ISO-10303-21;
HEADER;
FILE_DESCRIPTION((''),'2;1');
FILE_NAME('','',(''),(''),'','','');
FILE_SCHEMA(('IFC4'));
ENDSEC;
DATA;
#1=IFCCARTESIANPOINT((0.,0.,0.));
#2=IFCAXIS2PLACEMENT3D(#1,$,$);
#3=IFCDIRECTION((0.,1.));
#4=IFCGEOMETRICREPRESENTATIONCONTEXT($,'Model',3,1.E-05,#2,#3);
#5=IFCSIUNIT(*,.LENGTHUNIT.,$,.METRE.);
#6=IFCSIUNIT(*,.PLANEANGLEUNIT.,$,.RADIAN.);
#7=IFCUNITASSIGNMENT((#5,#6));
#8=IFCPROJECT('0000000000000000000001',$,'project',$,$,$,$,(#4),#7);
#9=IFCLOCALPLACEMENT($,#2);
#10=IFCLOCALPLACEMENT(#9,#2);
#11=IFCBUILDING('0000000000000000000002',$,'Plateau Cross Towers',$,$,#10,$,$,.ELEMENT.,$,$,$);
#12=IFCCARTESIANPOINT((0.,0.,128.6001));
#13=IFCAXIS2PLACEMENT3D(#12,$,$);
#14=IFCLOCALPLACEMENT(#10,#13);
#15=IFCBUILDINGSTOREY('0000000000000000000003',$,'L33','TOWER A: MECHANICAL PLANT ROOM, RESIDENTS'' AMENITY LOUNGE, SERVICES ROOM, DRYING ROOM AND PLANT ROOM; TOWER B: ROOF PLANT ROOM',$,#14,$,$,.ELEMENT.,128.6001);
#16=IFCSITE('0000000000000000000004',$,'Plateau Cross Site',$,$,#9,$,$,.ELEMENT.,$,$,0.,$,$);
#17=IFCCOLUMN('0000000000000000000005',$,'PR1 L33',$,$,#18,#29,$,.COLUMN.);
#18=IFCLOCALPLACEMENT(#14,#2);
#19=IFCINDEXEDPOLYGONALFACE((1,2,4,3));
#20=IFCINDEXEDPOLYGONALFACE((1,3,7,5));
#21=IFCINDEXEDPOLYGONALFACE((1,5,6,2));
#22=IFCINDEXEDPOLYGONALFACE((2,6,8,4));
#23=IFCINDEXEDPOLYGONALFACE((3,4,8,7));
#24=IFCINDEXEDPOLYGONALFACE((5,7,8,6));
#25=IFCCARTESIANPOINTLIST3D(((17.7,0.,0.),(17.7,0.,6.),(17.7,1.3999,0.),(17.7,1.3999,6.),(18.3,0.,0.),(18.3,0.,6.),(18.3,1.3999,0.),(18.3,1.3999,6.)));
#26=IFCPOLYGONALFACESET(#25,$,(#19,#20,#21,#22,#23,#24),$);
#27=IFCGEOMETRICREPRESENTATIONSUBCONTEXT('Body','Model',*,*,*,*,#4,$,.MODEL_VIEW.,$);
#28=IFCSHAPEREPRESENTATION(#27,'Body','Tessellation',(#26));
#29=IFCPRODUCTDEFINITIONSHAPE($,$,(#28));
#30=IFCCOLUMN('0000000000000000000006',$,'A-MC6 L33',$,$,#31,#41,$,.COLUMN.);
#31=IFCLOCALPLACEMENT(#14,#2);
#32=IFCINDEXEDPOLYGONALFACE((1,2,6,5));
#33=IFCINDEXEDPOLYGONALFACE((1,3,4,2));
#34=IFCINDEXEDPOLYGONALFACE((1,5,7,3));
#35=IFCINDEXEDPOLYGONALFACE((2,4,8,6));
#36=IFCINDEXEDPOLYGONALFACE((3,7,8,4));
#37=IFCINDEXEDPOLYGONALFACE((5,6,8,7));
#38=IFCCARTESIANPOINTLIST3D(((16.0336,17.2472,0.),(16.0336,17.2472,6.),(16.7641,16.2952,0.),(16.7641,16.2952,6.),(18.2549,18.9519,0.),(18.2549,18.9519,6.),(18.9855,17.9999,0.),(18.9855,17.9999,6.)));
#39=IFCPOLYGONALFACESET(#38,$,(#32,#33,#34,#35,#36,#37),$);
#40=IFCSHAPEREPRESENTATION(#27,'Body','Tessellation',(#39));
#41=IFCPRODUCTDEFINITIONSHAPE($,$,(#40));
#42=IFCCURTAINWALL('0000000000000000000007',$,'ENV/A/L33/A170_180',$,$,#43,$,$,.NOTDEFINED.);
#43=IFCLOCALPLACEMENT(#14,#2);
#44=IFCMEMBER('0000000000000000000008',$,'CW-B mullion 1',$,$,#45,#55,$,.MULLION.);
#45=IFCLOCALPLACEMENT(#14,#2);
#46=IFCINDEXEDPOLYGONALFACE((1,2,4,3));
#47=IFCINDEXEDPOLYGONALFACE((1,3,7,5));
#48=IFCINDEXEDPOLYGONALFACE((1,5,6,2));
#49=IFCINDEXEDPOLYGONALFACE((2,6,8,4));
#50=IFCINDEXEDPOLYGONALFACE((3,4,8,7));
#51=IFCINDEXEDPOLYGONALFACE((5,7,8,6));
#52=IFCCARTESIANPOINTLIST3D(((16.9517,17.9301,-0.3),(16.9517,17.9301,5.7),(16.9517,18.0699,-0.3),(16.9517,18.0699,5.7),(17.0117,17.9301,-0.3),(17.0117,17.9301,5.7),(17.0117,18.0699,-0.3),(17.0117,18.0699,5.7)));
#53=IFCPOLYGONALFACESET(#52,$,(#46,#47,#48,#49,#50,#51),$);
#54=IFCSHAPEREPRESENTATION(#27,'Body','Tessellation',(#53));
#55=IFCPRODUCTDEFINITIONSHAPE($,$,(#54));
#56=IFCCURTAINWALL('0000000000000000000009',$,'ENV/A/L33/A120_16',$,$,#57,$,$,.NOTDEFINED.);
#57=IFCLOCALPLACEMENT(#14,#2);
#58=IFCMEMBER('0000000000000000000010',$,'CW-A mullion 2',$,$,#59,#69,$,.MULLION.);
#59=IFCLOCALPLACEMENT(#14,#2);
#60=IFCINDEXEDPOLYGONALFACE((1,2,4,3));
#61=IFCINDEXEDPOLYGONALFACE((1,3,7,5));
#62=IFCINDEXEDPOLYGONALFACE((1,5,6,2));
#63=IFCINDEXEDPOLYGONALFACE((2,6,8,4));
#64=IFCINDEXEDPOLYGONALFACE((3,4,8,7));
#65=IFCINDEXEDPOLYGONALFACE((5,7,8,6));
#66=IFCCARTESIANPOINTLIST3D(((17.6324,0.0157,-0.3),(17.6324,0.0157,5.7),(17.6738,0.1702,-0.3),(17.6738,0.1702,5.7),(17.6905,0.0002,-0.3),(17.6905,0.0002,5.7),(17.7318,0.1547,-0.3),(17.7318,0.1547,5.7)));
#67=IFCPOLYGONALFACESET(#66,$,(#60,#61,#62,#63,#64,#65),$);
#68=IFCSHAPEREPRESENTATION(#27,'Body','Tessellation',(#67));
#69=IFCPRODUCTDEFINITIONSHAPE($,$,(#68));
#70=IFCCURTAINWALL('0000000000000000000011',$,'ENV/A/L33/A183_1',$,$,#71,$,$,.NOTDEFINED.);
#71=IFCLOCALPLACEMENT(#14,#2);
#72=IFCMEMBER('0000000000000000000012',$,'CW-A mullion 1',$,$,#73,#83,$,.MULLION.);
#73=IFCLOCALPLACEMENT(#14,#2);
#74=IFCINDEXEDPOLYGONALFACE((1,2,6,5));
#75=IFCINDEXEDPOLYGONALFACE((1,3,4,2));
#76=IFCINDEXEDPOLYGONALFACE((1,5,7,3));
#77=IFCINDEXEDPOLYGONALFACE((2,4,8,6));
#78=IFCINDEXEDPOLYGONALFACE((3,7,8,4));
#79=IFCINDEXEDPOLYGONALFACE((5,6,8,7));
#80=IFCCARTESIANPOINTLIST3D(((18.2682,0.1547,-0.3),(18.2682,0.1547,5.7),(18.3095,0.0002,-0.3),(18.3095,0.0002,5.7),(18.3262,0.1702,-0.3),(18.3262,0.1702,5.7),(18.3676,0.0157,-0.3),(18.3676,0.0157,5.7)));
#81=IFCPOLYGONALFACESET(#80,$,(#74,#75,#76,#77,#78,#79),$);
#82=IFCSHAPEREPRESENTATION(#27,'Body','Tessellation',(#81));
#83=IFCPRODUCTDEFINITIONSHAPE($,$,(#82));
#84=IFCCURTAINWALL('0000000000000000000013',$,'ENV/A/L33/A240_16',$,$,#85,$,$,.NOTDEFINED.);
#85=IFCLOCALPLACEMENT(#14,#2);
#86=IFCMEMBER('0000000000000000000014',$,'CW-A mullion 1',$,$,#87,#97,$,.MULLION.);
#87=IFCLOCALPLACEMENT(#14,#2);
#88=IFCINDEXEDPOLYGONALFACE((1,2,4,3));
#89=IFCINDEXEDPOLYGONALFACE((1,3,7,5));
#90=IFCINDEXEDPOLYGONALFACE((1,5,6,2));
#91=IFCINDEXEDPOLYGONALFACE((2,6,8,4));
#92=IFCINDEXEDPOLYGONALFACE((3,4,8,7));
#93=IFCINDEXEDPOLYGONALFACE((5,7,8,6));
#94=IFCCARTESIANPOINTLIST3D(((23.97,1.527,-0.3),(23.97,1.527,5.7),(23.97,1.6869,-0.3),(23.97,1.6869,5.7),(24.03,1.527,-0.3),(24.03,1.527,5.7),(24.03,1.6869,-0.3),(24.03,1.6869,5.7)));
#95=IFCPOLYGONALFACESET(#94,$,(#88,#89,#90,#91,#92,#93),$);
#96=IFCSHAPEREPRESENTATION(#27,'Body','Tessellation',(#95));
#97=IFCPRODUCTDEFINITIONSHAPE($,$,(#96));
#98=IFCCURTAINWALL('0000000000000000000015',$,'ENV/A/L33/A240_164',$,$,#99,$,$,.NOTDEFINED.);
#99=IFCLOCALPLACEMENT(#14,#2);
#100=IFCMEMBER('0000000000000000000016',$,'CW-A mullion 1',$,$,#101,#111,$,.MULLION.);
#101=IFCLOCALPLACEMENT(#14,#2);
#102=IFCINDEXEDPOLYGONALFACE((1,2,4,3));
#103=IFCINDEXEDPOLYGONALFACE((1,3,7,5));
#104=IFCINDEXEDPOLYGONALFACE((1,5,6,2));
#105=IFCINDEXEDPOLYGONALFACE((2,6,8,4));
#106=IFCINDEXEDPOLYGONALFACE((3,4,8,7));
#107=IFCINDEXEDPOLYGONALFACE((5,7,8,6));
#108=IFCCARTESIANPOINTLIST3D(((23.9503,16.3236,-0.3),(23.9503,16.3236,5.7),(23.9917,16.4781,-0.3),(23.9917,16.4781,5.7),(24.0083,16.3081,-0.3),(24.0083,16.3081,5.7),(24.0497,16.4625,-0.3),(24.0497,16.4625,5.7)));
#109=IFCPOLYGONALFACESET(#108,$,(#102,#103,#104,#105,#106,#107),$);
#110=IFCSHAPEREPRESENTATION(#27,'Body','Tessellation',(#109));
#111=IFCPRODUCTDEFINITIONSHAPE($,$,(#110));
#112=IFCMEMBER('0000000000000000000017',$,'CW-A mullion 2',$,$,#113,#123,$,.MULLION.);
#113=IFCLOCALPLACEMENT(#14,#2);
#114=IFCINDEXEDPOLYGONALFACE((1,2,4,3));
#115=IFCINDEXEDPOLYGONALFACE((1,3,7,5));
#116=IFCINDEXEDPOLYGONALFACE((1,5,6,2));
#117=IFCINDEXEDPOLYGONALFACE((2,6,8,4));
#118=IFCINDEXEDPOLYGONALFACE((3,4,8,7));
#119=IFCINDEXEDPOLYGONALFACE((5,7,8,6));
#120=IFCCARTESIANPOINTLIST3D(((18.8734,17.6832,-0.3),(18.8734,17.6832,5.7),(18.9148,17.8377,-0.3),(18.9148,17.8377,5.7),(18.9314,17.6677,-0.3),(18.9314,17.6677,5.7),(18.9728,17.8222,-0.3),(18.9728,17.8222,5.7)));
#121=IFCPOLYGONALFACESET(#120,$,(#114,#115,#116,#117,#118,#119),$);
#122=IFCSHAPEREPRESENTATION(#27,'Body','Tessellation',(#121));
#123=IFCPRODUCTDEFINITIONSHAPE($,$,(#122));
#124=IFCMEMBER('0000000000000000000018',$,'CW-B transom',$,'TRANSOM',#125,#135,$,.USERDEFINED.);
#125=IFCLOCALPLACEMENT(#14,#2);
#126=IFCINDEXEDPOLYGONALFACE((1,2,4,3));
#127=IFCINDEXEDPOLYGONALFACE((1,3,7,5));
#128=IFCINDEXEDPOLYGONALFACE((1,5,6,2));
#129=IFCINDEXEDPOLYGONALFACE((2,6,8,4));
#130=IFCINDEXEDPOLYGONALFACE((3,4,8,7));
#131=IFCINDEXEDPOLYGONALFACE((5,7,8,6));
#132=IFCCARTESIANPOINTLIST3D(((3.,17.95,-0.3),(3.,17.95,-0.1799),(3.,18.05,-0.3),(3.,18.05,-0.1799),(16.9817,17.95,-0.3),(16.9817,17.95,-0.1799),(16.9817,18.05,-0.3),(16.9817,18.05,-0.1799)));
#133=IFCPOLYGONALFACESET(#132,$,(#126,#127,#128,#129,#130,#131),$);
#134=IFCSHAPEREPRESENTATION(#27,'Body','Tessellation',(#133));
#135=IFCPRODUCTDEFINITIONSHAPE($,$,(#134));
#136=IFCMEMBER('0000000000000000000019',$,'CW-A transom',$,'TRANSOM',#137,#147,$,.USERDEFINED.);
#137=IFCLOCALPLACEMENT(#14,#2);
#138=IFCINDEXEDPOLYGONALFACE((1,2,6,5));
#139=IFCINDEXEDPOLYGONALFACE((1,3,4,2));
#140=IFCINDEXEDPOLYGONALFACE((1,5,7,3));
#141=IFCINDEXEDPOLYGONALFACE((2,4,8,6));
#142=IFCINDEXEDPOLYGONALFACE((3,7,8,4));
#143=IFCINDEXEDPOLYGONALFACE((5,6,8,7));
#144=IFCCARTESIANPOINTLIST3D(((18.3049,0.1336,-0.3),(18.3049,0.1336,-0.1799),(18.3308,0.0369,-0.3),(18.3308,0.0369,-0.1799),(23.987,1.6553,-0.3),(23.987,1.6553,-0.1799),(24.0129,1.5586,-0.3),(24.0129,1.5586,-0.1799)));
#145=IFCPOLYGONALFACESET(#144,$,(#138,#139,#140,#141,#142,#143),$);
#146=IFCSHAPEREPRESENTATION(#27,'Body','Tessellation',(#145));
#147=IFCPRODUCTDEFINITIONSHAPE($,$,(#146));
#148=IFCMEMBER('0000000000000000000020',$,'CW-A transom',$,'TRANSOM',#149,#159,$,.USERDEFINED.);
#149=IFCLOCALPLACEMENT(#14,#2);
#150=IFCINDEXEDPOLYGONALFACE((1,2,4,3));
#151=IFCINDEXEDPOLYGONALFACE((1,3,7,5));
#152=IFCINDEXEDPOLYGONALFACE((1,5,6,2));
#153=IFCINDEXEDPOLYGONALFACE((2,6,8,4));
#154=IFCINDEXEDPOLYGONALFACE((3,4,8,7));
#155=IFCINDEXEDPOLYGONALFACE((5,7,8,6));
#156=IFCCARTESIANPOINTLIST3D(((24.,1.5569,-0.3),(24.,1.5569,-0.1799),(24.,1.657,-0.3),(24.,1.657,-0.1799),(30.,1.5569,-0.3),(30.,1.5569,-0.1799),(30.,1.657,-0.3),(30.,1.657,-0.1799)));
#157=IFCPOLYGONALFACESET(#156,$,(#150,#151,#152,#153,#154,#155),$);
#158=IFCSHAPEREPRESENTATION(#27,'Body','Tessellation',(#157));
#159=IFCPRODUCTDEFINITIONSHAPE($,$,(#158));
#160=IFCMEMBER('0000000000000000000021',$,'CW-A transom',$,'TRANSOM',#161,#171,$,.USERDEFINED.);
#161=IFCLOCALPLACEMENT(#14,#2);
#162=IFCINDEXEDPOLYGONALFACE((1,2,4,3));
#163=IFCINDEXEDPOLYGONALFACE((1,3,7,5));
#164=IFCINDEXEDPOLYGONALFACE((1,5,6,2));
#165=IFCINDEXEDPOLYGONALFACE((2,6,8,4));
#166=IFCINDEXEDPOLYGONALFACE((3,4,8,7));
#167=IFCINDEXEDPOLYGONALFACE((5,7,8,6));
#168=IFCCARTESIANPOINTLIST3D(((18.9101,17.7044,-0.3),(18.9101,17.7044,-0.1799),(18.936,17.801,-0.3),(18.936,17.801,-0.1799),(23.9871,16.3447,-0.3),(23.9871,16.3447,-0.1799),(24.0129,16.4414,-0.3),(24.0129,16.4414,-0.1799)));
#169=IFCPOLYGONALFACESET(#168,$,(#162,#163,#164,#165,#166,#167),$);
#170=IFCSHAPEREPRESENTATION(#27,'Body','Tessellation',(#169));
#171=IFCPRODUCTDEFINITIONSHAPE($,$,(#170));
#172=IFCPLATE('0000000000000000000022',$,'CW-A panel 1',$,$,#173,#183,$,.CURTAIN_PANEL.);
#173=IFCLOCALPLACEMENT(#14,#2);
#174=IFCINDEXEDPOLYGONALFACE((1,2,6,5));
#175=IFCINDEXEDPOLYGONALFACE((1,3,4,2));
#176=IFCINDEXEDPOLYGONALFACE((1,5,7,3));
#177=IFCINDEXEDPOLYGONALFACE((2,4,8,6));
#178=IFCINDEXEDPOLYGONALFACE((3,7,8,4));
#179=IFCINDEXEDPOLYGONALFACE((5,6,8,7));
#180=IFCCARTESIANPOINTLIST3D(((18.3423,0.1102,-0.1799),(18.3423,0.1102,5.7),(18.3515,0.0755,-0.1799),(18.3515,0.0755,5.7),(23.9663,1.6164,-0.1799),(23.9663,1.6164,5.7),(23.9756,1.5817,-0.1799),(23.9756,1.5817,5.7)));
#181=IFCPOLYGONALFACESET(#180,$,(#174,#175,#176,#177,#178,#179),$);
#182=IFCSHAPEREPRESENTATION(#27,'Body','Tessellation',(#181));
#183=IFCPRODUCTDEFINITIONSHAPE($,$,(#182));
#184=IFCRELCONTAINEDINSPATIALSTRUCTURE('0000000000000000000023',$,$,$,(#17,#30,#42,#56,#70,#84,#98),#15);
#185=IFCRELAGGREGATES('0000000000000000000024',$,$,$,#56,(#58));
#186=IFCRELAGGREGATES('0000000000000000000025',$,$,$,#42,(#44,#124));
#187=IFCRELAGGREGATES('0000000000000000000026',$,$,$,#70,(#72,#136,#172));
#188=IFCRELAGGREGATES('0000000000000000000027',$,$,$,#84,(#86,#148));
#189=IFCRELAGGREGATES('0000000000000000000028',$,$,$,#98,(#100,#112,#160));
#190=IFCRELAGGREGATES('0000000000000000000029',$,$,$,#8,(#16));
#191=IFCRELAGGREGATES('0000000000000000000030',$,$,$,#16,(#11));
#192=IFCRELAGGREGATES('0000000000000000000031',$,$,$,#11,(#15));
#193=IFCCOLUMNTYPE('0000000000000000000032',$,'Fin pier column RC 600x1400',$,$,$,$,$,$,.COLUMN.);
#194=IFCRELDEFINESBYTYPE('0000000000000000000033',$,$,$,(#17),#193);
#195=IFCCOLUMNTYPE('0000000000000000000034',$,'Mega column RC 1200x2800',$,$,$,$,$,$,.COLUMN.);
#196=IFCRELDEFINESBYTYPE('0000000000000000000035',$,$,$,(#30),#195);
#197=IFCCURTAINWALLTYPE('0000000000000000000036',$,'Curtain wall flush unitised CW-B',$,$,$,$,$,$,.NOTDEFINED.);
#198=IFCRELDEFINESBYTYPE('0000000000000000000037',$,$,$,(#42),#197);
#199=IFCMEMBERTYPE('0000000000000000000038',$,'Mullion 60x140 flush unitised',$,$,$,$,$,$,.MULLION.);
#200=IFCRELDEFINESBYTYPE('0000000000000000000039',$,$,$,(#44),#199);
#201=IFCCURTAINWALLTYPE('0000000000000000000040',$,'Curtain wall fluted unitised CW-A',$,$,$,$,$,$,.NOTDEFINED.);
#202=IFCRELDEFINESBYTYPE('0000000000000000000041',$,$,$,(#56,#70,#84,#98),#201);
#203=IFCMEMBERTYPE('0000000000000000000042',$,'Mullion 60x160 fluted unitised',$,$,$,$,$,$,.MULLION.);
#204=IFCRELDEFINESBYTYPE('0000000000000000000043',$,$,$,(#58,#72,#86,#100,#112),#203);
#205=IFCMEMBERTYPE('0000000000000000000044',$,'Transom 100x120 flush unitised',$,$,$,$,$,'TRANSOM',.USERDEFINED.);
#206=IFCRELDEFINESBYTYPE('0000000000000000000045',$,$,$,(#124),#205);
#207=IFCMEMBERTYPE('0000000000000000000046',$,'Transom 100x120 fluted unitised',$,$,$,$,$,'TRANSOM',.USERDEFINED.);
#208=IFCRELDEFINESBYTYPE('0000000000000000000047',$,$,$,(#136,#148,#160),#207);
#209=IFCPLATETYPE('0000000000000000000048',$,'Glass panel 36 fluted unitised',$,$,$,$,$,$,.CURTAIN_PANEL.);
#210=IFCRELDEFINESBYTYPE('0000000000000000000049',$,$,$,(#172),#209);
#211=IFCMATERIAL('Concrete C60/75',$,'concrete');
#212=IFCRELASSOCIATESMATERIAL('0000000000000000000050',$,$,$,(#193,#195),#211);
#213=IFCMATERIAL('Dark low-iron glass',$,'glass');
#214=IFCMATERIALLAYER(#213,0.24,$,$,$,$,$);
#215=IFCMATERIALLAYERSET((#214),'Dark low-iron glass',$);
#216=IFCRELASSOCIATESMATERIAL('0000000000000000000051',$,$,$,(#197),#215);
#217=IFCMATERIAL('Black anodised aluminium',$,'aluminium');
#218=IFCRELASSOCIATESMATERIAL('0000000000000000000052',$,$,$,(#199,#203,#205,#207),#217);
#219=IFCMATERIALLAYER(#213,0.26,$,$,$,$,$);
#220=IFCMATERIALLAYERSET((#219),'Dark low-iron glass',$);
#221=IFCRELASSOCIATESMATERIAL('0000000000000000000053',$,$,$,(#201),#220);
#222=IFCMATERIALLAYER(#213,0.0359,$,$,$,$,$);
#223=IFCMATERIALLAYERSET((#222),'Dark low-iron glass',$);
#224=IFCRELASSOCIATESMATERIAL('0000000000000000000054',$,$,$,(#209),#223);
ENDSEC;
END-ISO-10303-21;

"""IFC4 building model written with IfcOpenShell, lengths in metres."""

from ifc_helpers import new_model, si_unit, direction, frame, origin, origin_2d, place, context, subcontext, project, spatial, rectangle, extrude, material, layer, layer_set, material_profile, profile_set, type_object, element, aggregate, save


model = new_model("IFC4")

# Units and contexts
model_context = context("Model", 3, precision=1e-05, world=origin(), true_north=direction((0.0, 1.0)))
body_context = subcontext(model_context, "Body", "Model", "MODEL_VIEW")
ifc_project = project(units=[si_unit("LENGTHUNIT", "METRE"), si_unit("PLANEANGLEUNIT", "RADIAN")], contexts=[model_context])

# Site, building, storey
site_placement = place(None, origin())
site = spatial("IfcSite", under=ifc_project, at=site_placement, Name="Plateau Cross Site", CompositionType="ELEMENT", RefElevation=0.0)
building_placement = place(site_placement, origin())
building = spatial("IfcBuilding", under=site, at=building_placement, Name="Plateau Cross Towers", CompositionType="ELEMENT")
storey_placement = place(building_placement, frame((0.0, 0.0, 128.6001)))
storey = spatial("IfcBuildingStorey", under=building, at=storey_placement, Name="L33", Description="TOWER A: MECHANICAL PLANT ROOM, RESIDENTS' AMENITY LOUNGE, SERVICES ROOM, DRYING ROOM AND PLANT ROOM; TOWER B: ROOF PLANT ROOM", CompositionType="ELEMENT", Elevation=128.6001)

# Columns
ifc_material_1 = material(Name="Concrete C60/75", Category="concrete")
ifc_material_profile_1 = material_profile(ifc_material_1, rectangle(XDim=0.6001, YDim=1.3999, at=origin_2d()), Name="RC 600x1400")
ifc_profile_set_1 = profile_set([ifc_material_profile_1], Name="Concrete C60/75")
column_type_1 = type_object("IfcColumnType", Name="Fin pier column RC 600x1400", PredefinedType="COLUMN", material=ifc_profile_set_1)
column_1_placement = place(storey_placement, frame((18.0, 0.7, 0.0), z_axis=(0.0, 0.0, 1.0), x_axis=(1.0, 0.0, 0.0)))
element("IfcColumn", 1, at=column_1_placement, inside=storey, type_object=column_type_1, Name="PR1 L33", PredefinedType="COLUMN", context=body_context, shape_type="SweptSolid", body=[
    extrude(rectangle(XDim=0.6001, YDim=1.3999, at=origin_2d()), origin(), (0.0, 0.0, 1.0), 6.0),
])
ifc_material_profile_2 = material_profile(ifc_material_1, rectangle(XDim=1.2, YDim=2.8, at=origin_2d()), Name="RC 1200x2800")
ifc_profile_set_2 = profile_set([ifc_material_profile_2], Name="Concrete C60/75")
column_type_2 = type_object("IfcColumnType", Name="Mega column RC 1200x2800", PredefinedType="COLUMN", material=ifc_profile_set_2)
column_2_placement = place(storey_placement, frame((17.5095, 17.6235, 0.0), z_axis=(0.0, 0.0, 1.0), x_axis=(-0.608811, 0.793315, 0.0)))
element("IfcColumn", 2, at=column_2_placement, inside=storey, type_object=column_type_2, Name="A-MC6 L33", PredefinedType="COLUMN", context=body_context, shape_type="SweptSolid", body=[
    extrude(rectangle(XDim=1.2, YDim=2.8, at=origin_2d()), origin(), (0.0, 0.0, 1.0), 6.0),
])

# Curtain walls, members
ifc_material_2 = material(Name="Dark low-iron glass", Category="glass")
ifc_layer_1 = layer(ifc_material_2, 0.24)
ifc_layer_set_1 = layer_set([ifc_layer_1], Name="Dark low-iron glass")
curtain_wall_type_1 = type_object("IfcCurtainWallType", Name="Curtain wall flush unitised CW-B", PredefinedType="NOTDEFINED", material=ifc_layer_set_1)
curtain_wall_1_placement = place(storey_placement, origin())
curtain_wall_1 = element("IfcCurtainWall", 3, at=curtain_wall_1_placement, inside=storey, type_object=curtain_wall_type_1, Name="ENV/A/L33/A170_180", PredefinedType="NOTDEFINED")
ifc_material_3 = material(Name="Black anodised aluminium", Category="aluminium")
ifc_material_profile_3 = material_profile(ifc_material_3, rectangle(XDim=0.0601, YDim=0.1399, at=origin_2d()), Name="MULLION 60x140")
ifc_profile_set_3 = profile_set([ifc_material_profile_3], Name="Black anodised aluminium")
member_type_1 = type_object("IfcMemberType", Name="Mullion 60x140 flush unitised", PredefinedType="MULLION", material=ifc_profile_set_3)
member_1_placement = place(storey_placement, frame((16.9817, 18.0, -0.3), z_axis=(0.0, 0.0, 1.0), x_axis=(-1.0, 0.0, 0.0)))
member_1 = element("IfcMember", 4, at=member_1_placement, type_object=member_type_1, Name="CW-B mullion 1", PredefinedType="MULLION", context=body_context, shape_type="SweptSolid", body=[
    extrude(rectangle(XDim=0.0601, YDim=0.1399, at=origin_2d()), origin(), (0.0, 0.0, 1.0), 6.0),
])
ifc_layer_2 = layer(ifc_material_2, 0.26)
ifc_layer_set_2 = layer_set([ifc_layer_2], Name="Dark low-iron glass")
curtain_wall_type_2 = type_object("IfcCurtainWallType", Name="Curtain wall fluted unitised CW-A", PredefinedType="NOTDEFINED", material=ifc_layer_set_2)
curtain_wall_2_placement = place(storey_placement, origin())
curtain_wall_2 = element("IfcCurtainWall", 5, at=curtain_wall_2_placement, inside=storey, type_object=curtain_wall_type_2, Name="ENV/A/L33/A120_16", PredefinedType="NOTDEFINED")
ifc_material_profile_4 = material_profile(ifc_material_3, rectangle(XDim=0.0601, YDim=0.1599, at=origin_2d()), Name="MULLION 60x160")
ifc_profile_set_4 = profile_set([ifc_material_profile_4], Name="Black anodised aluminium")
member_type_2 = type_object("IfcMemberType", Name="Mullion 60x160 fluted unitised", PredefinedType="MULLION", material=ifc_profile_set_4)
member_2_placement = place(storey_placement, frame((17.6821, 0.0852, -0.3), z_axis=(0.0, 0.0, 1.0), x_axis=(0.965958, -0.258699, 0.0)))
member_2 = element("IfcMember", 6, at=member_2_placement, type_object=member_type_2, Name="CW-A mullion 2", PredefinedType="MULLION", context=body_context, shape_type="SweptSolid", body=[
    extrude(rectangle(XDim=0.0601, YDim=0.1599, at=origin_2d()), origin(), (0.0, 0.0, 1.0), 6.0),
])
aggregate(curtain_wall_2, [member_2])
curtain_wall_3_placement = place(storey_placement, origin())
curtain_wall_3 = element("IfcCurtainWall", 7, at=curtain_wall_3_placement, inside=storey, type_object=curtain_wall_type_2, Name="ENV/A/L33/A183_1", PredefinedType="NOTDEFINED")
member_3_placement = place(storey_placement, frame((18.3179, 0.0852, -0.3), z_axis=(0.0, 0.0, 1.0), x_axis=(0.965958, 0.258699, 0.0)))
member_3 = element("IfcMember", 8, at=member_3_placement, type_object=member_type_2, Name="CW-A mullion 1", PredefinedType="MULLION", context=body_context, shape_type="SweptSolid", body=[
    extrude(rectangle(XDim=0.0601, YDim=0.1599, at=origin_2d()), origin(), (0.0, 0.0, 1.0), 6.0),
])
curtain_wall_4_placement = place(storey_placement, origin())
curtain_wall_4 = element("IfcCurtainWall", 9, at=curtain_wall_4_placement, inside=storey, type_object=curtain_wall_type_2, Name="ENV/A/L33/A240_16", PredefinedType="NOTDEFINED")
member_4_placement = place(storey_placement, frame((24.0, 1.6069, -0.3), z_axis=(0.0, 0.0, 1.0), x_axis=(1.0, 0.0, 0.0)))
member_4 = element("IfcMember", 10, at=member_4_placement, type_object=member_type_2, Name="CW-A mullion 1", PredefinedType="MULLION", context=body_context, shape_type="SweptSolid", body=[
    extrude(rectangle(XDim=0.0601, YDim=0.1599, at=origin_2d()), origin(), (0.0, 0.0, 1.0), 6.0),
])

# Curtain wall, members
curtain_wall_5_placement = place(storey_placement, origin())
curtain_wall_5 = element("IfcCurtainWall", 11, at=curtain_wall_5_placement, inside=storey, type_object=curtain_wall_type_2, Name="ENV/A/L33/A240_164", PredefinedType="NOTDEFINED")
member_5_placement = place(storey_placement, frame((24.0, 16.3931, -0.3), z_axis=(0.0, 0.0, 1.0), x_axis=(-0.965958, 0.258699, 0.0)))
member_5 = element("IfcMember", 12, at=member_5_placement, type_object=member_type_2, Name="CW-A mullion 1", PredefinedType="MULLION", context=body_context, shape_type="SweptSolid", body=[
    extrude(rectangle(XDim=0.0601, YDim=0.1599, at=origin_2d()), origin(), (0.0, 0.0, 1.0), 6.0),
])
member_6_placement = place(storey_placement, frame((18.9231, 17.7527, -0.3), z_axis=(0.0, 0.0, 1.0), x_axis=(-0.965958, 0.258699, 0.0)))
member_6 = element("IfcMember", 13, at=member_6_placement, type_object=member_type_2, Name="CW-A mullion 2", PredefinedType="MULLION", context=body_context, shape_type="SweptSolid", body=[
    extrude(rectangle(XDim=0.0601, YDim=0.1599, at=origin_2d()), origin(), (0.0, 0.0, 1.0), 6.0),
])

# Members
ifc_material_profile_5 = material_profile(ifc_material_3, rectangle(XDim=0.1001, YDim=0.1201, at=origin_2d()), Name="TRANSOM 100x120")
ifc_profile_set_5 = profile_set([ifc_material_profile_5], Name="Black anodised aluminium")
member_type_3 = type_object("IfcMemberType", Name="Transom 100x120 flush unitised", ElementType="TRANSOM", PredefinedType="USERDEFINED", material=ifc_profile_set_5)
member_7_placement = place(storey_placement, frame((16.9817, 18.0, -0.24), z_axis=(-1.0, 0.0, 0.0), x_axis=(0.0, -1.0, 0.0)))
member_7 = element("IfcMember", 14, at=member_7_placement, type_object=member_type_3, Name="CW-B transom", ObjectType="TRANSOM", PredefinedType="USERDEFINED", context=body_context, shape_type="SweptSolid", body=[
    extrude(rectangle(XDim=0.1001, YDim=0.1201, at=origin_2d()), origin(), (0.0, 0.0, 1.0), 13.9817),
])
aggregate(curtain_wall_1, [member_1, member_7])
ifc_material_profile_6 = material_profile(ifc_material_3, rectangle(XDim=0.1001, YDim=0.1201, at=origin_2d()), Name="TRANSOM 100x120")
ifc_profile_set_6 = profile_set([ifc_material_profile_6], Name="Black anodised aluminium")
member_type_4 = type_object("IfcMemberType", Name="Transom 100x120 fluted unitised", ElementType="TRANSOM", PredefinedType="USERDEFINED", material=ifc_profile_set_6)
member_8_placement = place(storey_placement, frame((18.3179, 0.0852, -0.24), z_axis=(0.96596, 0.258693, 0.0), x_axis=(-0.258693, 0.96596, 0.0)))
member_8 = element("IfcMember", 15, at=member_8_placement, type_object=member_type_4, Name="CW-A transom", ObjectType="TRANSOM", PredefinedType="USERDEFINED", context=body_context, shape_type="SweptSolid", body=[
    extrude(rectangle(XDim=0.1001, YDim=0.1201, at=origin_2d()), origin(), (0.0, 0.0, 1.0), 5.8823),
])
member_9_placement = place(storey_placement, frame((24.0, 1.6069, -0.24), z_axis=(1.0, 0.0, 0.0), x_axis=(0.0, 1.0, 0.0)))
member_9 = element("IfcMember", 16, at=member_9_placement, type_object=member_type_4, Name="CW-A transom", ObjectType="TRANSOM", PredefinedType="USERDEFINED", context=body_context, shape_type="SweptSolid", body=[
    extrude(rectangle(XDim=0.1001, YDim=0.1201, at=origin_2d()), origin(), (0.0, 0.0, 1.0), 6.0),
])
member_10_placement = place(storey_placement, frame((24.0, 16.3931, -0.24), z_axis=(-0.965961, 0.258689, 0.0), x_axis=(-0.258689, -0.965961, 0.0)))
member_10 = element("IfcMember", 17, at=member_10_placement, type_object=member_type_4, Name="CW-A transom", ObjectType="TRANSOM", PredefinedType="USERDEFINED", context=body_context, shape_type="SweptSolid", body=[
    extrude(rectangle(XDim=0.1001, YDim=0.1201, at=origin_2d()), origin(), (0.0, 0.0, 1.0), 5.2559),
])

# Plate
ifc_layer_3 = layer(ifc_material_2, 0.0359)
ifc_layer_set_3 = layer_set([ifc_layer_3], Name="Dark low-iron glass")
plate_type = type_object("IfcPlateType", Name="Glass panel 36 fluted unitised", PredefinedType="CURTAIN_PANEL", material=ifc_layer_set_3)
plate_1_placement = place(storey_placement, frame((21.1589, 0.8459, -0.1799), z_axis=(0.0, 0.0, 1.0), x_axis=(0.965958, 0.258699, 0.0)))
plate_1 = element("IfcPlate", 18, at=plate_1_placement, type_object=plate_type, Name="CW-A panel 1", PredefinedType="CURTAIN_PANEL", context=body_context, shape_type="SweptSolid", body=[
    extrude(rectangle(XDim=5.8223, YDim=0.0359, at=origin_2d()), origin(), (0.0, 0.0, 1.0), 5.8799),
])
aggregate(curtain_wall_3, [member_3, member_8, plate_1])
aggregate(curtain_wall_4, [member_4, member_9])
aggregate(curtain_wall_5, [member_5, member_6, member_10])

save(model, "model.ifc")
